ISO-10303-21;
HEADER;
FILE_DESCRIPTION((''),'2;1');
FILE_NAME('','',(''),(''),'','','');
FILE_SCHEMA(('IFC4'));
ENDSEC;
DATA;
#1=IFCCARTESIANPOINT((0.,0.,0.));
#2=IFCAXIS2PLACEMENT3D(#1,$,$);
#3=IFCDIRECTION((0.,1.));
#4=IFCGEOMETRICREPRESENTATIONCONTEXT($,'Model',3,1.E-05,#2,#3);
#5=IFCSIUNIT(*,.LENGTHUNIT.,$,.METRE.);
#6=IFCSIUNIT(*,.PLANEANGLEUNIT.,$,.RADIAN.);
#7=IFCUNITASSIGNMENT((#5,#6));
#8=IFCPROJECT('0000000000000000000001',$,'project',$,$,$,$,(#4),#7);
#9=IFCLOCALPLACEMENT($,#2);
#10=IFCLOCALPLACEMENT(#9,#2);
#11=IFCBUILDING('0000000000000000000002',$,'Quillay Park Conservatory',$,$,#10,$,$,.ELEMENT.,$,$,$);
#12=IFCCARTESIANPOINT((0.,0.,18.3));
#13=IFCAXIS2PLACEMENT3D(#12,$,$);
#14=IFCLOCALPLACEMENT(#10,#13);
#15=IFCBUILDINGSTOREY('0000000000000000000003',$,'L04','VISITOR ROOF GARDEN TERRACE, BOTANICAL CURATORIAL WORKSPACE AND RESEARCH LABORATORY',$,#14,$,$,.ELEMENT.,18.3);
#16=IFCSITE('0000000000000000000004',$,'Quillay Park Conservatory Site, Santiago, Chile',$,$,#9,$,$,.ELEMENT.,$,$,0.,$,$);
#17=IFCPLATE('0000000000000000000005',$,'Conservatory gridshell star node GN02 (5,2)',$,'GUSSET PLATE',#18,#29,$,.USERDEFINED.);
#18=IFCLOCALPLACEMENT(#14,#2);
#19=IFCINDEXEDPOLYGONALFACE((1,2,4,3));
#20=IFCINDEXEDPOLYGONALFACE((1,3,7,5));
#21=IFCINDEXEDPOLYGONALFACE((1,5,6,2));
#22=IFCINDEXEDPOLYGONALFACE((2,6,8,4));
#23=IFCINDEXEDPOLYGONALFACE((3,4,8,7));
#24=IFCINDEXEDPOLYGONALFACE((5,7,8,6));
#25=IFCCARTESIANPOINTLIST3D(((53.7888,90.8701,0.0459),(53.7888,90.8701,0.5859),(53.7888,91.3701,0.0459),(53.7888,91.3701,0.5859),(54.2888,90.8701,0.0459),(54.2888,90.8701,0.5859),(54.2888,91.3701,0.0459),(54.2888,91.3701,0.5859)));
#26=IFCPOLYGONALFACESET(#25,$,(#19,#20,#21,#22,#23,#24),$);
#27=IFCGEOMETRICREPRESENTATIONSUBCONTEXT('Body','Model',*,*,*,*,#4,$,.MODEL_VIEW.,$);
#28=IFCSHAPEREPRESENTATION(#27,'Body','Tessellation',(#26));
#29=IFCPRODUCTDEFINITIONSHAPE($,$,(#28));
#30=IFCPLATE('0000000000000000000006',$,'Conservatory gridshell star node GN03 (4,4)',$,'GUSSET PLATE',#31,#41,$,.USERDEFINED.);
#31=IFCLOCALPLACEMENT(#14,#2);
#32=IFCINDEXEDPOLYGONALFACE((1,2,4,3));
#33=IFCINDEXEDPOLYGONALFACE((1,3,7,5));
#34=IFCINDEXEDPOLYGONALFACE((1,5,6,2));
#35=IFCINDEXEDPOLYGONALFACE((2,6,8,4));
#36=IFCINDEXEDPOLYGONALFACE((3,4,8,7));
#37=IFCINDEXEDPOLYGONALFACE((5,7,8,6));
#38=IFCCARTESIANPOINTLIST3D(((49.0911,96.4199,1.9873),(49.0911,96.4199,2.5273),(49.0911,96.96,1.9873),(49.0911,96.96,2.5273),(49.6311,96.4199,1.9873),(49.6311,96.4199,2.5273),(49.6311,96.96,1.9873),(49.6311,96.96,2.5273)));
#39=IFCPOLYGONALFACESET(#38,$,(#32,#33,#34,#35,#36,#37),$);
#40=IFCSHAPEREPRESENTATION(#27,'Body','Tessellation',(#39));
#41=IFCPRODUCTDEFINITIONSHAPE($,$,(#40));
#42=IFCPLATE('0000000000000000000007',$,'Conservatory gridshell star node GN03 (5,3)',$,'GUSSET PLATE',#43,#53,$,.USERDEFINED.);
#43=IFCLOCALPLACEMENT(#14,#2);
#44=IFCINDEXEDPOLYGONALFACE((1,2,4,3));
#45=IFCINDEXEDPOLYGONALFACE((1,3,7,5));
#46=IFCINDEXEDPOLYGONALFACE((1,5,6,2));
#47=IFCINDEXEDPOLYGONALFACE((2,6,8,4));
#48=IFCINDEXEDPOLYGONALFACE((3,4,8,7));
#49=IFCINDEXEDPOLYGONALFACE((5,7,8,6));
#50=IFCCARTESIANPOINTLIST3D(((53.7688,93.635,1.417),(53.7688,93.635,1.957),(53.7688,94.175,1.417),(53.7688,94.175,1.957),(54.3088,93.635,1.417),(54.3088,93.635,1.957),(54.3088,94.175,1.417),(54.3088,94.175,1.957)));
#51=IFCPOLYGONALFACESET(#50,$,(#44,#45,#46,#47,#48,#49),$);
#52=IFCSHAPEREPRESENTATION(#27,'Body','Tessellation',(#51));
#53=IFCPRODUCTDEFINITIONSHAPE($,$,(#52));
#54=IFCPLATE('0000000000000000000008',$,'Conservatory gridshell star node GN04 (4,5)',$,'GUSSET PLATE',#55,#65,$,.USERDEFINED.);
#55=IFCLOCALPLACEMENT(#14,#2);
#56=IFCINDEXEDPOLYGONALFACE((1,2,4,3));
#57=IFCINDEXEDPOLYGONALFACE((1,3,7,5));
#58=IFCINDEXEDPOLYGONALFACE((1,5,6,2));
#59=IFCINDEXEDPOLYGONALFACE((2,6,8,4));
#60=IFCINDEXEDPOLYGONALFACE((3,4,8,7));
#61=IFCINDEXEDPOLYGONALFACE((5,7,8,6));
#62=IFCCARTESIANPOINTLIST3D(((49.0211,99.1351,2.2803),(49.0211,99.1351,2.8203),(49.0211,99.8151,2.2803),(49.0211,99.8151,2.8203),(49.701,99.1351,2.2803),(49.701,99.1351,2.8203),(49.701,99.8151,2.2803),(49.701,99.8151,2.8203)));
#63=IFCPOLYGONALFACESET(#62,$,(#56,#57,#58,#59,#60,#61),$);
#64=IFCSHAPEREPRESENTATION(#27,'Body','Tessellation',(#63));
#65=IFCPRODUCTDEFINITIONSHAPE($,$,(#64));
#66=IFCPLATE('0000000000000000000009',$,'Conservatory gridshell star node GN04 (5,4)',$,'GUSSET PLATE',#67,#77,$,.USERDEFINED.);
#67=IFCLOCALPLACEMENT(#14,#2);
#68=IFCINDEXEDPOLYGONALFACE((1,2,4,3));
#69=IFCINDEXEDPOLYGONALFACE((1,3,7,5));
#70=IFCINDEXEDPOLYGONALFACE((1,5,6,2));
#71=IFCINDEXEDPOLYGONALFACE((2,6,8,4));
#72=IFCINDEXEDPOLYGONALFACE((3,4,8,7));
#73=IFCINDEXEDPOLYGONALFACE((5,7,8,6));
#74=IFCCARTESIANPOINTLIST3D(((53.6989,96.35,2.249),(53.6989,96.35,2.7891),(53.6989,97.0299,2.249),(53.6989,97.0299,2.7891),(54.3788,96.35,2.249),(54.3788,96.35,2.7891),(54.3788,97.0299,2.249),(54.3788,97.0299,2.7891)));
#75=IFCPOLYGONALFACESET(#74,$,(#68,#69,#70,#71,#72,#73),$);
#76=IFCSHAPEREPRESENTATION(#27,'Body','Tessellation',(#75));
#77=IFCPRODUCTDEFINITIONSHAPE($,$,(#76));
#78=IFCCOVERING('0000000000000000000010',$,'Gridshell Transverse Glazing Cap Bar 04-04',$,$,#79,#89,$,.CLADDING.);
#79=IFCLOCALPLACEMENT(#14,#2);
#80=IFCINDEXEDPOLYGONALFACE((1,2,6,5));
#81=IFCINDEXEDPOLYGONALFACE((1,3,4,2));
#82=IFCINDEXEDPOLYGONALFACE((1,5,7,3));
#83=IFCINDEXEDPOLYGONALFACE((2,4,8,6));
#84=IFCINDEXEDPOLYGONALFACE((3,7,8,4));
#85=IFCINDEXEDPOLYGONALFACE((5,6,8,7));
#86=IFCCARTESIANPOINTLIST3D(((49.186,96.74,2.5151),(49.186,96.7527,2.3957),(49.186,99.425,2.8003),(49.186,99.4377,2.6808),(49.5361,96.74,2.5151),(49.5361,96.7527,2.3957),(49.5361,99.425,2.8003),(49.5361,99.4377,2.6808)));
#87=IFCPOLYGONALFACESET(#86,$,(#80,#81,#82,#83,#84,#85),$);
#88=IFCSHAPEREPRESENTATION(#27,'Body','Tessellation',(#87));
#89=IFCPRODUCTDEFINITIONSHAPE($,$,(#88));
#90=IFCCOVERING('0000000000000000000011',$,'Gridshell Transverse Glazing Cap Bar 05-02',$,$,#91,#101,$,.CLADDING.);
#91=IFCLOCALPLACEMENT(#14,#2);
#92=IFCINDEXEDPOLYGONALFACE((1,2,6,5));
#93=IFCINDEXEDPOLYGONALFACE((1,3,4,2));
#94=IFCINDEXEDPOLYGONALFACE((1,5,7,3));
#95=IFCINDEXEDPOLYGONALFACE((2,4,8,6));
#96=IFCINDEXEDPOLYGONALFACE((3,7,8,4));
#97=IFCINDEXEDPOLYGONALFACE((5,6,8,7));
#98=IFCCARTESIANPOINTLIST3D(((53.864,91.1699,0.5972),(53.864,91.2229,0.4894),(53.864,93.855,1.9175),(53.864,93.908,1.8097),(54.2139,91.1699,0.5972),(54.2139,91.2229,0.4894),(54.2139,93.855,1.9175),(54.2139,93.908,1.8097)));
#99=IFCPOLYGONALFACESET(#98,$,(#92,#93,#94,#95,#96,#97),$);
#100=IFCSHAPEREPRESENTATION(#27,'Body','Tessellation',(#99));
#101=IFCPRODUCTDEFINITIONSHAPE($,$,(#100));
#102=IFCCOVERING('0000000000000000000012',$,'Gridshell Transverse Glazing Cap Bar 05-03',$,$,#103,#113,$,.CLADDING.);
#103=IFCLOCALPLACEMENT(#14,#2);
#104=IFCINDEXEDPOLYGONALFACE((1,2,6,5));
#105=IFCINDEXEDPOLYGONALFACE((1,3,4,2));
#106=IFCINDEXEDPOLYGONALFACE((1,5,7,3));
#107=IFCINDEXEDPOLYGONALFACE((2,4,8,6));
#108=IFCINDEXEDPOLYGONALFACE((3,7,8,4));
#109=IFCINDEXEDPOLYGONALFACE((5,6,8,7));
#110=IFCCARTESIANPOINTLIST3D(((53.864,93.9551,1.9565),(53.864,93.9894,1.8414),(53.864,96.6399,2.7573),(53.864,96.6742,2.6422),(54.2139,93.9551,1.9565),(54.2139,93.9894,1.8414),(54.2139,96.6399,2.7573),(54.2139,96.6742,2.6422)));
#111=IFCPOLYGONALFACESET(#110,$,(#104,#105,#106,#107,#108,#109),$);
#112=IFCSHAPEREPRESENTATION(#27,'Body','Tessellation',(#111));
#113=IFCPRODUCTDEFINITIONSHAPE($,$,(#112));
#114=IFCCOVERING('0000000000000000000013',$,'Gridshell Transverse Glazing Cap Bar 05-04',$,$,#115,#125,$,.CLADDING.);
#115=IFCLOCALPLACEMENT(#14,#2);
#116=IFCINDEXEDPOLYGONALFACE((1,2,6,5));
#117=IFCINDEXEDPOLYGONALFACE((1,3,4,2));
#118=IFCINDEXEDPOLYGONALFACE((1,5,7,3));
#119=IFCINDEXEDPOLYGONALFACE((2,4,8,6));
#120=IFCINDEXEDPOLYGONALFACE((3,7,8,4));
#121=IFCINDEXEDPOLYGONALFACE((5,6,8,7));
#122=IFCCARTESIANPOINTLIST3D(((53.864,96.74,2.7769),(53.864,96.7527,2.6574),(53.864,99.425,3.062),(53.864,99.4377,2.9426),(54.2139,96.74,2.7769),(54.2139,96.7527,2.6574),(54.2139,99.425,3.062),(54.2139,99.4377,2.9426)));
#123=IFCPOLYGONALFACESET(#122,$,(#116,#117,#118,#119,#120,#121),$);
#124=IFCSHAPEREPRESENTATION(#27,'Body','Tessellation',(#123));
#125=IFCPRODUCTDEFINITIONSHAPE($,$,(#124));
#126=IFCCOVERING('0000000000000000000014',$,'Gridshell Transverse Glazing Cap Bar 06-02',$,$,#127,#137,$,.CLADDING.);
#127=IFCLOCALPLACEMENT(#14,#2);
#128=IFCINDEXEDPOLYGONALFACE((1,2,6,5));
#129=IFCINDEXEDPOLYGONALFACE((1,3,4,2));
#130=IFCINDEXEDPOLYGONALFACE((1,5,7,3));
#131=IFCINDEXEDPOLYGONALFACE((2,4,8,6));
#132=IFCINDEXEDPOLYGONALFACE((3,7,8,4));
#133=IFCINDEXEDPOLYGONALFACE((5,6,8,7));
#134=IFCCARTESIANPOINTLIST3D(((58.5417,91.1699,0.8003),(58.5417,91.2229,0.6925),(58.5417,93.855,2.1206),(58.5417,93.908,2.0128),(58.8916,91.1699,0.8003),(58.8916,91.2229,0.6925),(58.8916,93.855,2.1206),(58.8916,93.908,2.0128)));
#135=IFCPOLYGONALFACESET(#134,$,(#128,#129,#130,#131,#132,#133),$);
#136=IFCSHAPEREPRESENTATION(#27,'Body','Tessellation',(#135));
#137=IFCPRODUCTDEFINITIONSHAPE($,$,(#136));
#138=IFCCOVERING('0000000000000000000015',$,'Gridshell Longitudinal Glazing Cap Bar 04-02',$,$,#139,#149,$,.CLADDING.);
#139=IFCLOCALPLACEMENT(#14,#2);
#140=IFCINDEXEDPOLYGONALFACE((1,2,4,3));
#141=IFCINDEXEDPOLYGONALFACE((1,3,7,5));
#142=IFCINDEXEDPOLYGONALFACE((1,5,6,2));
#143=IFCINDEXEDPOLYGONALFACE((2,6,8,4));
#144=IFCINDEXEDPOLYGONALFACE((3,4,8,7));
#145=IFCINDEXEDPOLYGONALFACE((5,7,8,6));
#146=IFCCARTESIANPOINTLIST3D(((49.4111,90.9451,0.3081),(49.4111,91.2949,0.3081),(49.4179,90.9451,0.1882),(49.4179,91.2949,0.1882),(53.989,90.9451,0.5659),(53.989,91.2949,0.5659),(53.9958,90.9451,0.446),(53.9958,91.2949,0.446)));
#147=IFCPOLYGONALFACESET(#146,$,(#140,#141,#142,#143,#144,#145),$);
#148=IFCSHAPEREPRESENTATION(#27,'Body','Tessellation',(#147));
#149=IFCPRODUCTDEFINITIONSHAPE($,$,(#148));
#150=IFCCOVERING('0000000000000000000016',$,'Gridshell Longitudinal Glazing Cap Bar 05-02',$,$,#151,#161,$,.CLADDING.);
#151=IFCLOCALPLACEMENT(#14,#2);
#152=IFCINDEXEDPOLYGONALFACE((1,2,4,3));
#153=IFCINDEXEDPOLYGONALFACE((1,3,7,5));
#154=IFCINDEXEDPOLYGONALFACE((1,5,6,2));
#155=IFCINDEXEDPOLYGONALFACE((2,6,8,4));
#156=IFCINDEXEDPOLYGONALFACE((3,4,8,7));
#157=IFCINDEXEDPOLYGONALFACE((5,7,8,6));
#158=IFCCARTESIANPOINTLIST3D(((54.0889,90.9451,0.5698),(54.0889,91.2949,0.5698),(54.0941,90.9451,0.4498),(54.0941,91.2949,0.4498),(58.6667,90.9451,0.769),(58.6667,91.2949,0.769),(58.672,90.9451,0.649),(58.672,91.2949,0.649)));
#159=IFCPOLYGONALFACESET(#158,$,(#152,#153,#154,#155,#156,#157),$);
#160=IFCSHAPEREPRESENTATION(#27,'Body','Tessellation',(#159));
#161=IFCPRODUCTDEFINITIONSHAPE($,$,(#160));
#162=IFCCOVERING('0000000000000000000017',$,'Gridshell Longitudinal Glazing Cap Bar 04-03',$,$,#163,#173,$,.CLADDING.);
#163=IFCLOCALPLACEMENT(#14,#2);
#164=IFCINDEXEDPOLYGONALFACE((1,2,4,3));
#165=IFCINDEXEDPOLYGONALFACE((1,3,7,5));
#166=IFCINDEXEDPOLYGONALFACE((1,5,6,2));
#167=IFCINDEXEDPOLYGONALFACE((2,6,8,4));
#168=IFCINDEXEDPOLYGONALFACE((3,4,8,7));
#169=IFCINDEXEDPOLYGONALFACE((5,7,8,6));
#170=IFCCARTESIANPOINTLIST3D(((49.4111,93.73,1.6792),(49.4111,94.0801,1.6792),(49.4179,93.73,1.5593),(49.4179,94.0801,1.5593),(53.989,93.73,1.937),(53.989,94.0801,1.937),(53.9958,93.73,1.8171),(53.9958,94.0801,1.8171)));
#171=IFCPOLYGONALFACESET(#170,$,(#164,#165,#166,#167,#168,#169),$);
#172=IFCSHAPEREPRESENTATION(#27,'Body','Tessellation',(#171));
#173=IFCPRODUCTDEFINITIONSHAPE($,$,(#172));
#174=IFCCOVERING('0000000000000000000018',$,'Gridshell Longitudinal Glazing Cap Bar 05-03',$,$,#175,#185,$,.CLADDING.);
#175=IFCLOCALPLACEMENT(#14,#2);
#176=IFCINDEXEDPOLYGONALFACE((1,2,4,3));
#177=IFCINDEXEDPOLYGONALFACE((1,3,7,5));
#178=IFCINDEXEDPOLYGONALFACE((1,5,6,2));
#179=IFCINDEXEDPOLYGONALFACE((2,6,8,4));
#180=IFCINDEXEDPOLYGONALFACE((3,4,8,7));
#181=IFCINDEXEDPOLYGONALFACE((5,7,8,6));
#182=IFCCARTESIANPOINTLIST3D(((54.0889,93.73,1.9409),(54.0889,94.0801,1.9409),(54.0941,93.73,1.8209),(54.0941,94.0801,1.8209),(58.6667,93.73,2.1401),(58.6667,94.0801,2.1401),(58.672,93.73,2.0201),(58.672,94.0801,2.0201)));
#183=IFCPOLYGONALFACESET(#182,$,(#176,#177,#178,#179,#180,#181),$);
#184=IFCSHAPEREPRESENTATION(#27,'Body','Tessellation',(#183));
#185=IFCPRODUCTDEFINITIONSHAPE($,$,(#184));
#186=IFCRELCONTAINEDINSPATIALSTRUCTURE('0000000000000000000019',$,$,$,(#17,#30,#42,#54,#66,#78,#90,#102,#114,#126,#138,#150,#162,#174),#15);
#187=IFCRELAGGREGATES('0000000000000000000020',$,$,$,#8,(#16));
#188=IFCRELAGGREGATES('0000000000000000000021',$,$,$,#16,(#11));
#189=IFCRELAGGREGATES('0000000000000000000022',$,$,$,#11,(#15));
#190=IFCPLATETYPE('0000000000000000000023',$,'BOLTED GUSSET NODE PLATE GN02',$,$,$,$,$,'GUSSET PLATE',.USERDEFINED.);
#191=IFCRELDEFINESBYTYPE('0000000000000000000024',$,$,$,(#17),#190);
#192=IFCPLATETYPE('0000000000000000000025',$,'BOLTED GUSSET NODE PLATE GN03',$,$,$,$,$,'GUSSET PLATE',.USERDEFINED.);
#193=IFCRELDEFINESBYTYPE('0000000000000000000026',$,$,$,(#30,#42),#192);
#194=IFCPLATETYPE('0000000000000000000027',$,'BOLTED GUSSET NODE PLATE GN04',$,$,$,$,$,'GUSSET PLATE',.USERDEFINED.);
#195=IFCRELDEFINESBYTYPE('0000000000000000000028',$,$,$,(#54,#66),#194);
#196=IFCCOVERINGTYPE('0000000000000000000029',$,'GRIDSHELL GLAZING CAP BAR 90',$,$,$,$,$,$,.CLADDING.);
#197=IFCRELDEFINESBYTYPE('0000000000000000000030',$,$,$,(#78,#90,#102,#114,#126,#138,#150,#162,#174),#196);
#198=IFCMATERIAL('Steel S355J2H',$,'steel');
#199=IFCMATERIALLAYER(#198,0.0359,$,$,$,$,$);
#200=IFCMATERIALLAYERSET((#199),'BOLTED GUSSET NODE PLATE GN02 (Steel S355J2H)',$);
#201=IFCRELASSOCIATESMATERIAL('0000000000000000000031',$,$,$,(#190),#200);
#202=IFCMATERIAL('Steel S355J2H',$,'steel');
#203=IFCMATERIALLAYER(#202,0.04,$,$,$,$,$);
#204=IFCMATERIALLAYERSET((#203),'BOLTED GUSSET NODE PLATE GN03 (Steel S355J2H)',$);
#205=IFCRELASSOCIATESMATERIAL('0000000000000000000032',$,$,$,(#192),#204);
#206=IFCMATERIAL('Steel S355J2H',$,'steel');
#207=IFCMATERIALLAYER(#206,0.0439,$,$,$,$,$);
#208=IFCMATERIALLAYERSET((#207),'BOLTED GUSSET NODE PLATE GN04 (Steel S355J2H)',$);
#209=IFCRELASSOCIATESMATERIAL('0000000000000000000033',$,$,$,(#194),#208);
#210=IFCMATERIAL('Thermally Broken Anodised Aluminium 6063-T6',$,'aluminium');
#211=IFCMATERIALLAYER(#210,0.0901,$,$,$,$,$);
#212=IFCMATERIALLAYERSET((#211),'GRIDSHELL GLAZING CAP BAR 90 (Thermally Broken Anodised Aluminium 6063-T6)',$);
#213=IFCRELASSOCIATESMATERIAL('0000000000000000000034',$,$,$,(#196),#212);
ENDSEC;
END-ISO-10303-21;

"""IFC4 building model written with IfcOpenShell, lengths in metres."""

from ifc_helpers import new_model, si_unit, direction, frame, origin, origin_2d, place, context, subcontext, project, spatial, polyline, rectangle, outline, extrude, material, layer, layer_set, type_object, element, save


model = new_model("IFC4")

# Units and contexts
model_context = context("Model", 3, precision=1e-05, world=origin(), true_north=direction((0.0, 1.0)))
body_context = subcontext(model_context, "Body", "Model", "MODEL_VIEW")
ifc_project = project(units=[si_unit("LENGTHUNIT", "METRE"), si_unit("PLANEANGLEUNIT", "RADIAN")], contexts=[model_context])

# Site, building, storey
site_placement = place(None, origin())
site = spatial("IfcSite", under=ifc_project, at=site_placement, Name="Quillay Park Conservatory Site, Santiago, Chile", CompositionType="ELEMENT", RefElevation=0.0)
building_placement = place(site_placement, origin())
building = spatial("IfcBuilding", under=site, at=building_placement, Name="Quillay Park Conservatory", CompositionType="ELEMENT")
storey_placement = place(building_placement, frame((0.0, 0.0, 18.3)))
storey = spatial("IfcBuildingStorey", under=building, at=storey_placement, Name="L04", Description="VISITOR ROOF GARDEN TERRACE, BOTANICAL CURATORIAL WORKSPACE AND RESEARCH LABORATORY", CompositionType="ELEMENT", Elevation=18.3)

# Plates
ifc_material_1 = material(Name="Steel S355J2H", Category="steel")
ifc_layer_1 = layer(ifc_material_1, 0.0359)
ifc_layer_set_1 = layer_set([ifc_layer_1], Name="BOLTED GUSSET NODE PLATE GN02 (Steel S355J2H)")
plate_type_1 = type_object("IfcPlateType", Name="BOLTED GUSSET NODE PLATE GN02", ElementType="GUSSET PLATE", PredefinedType="USERDEFINED", material=ifc_layer_set_1)
for number, where, z_axis, x_axis, name in (
    (1, (54.0388, 91.1201, 0.0459), (0.0, 0.0, 1.0), (1.0, 0.0, 0.0), "Conservatory gridshell star node GN02 (5,2)"),
):
    element("IfcPlate", number, at=place(storey_placement, frame(where, z_axis=z_axis, x_axis=x_axis)), inside=storey, type_object=plate_type_1, Name=name, ObjectType="GUSSET PLATE", PredefinedType="USERDEFINED", context=body_context, shape_type="SweptSolid", body=[
        extrude(rectangle(XDim=0.5, YDim=0.5, at=origin_2d()), origin(), (0.0, 0.0, 1.0), 0.54),
    ])
ifc_material_2 = material(Name="Steel S355J2H", Category="steel")
ifc_layer_2 = layer(ifc_material_2, 0.04)
ifc_layer_set_2 = layer_set([ifc_layer_2], Name="BOLTED GUSSET NODE PLATE GN03 (Steel S355J2H)")
plate_type_2 = type_object("IfcPlateType", Name="BOLTED GUSSET NODE PLATE GN03", ElementType="GUSSET PLATE", PredefinedType="USERDEFINED", material=ifc_layer_set_2)
for number, where, z_axis, x_axis, name in (
    (2, (49.3611, 96.6899, 1.9873), (0.0, 0.0, 1.0), (1.0, 0.0, 0.0), "Conservatory gridshell star node GN03 (4,4)"),
    (3, (54.0388, 93.905, 1.417), (0.0, 0.0, 1.0), (1.0, 0.0, 0.0), "Conservatory gridshell star node GN03 (5,3)"),
):
    element("IfcPlate", number, at=place(storey_placement, frame(where, z_axis=z_axis, x_axis=x_axis)), inside=storey, type_object=plate_type_2, Name=name, ObjectType="GUSSET PLATE", PredefinedType="USERDEFINED", context=body_context, shape_type="SweptSolid", body=[
        extrude(rectangle(XDim=0.54, YDim=0.54, at=origin_2d()), origin(), (0.0, 0.0, 1.0), 0.54),
    ])
ifc_material_3 = material(Name="Steel S355J2H", Category="steel")
ifc_layer_3 = layer(ifc_material_3, 0.0439)
ifc_layer_set_3 = layer_set([ifc_layer_3], Name="BOLTED GUSSET NODE PLATE GN04 (Steel S355J2H)")
plate_type_3 = type_object("IfcPlateType", Name="BOLTED GUSSET NODE PLATE GN04", ElementType="GUSSET PLATE", PredefinedType="USERDEFINED", material=ifc_layer_set_3)
for number, where, z_axis, x_axis, name in (
    (4, (49.3611, 99.4751, 2.2803), (0.0, 0.0, 1.0), (1.0, 0.0, 0.0), "Conservatory gridshell star node GN04 (4,5)"),
    (5, (54.0388, 96.6899, 2.249), (0.0, 0.0, 1.0), (1.0, 0.0, 0.0), "Conservatory gridshell star node GN04 (5,4)"),
):
    element("IfcPlate", number, at=place(storey_placement, frame(where, z_axis=z_axis, x_axis=x_axis)), inside=storey, type_object=plate_type_3, Name=name, ObjectType="GUSSET PLATE", PredefinedType="USERDEFINED", context=body_context, shape_type="SweptSolid", body=[
        extrude(rectangle(XDim=0.6799, YDim=0.6799, at=origin_2d()), origin(), (0.0, 0.0, 1.0), 0.54),
    ])

# Coverings
ifc_material_4 = material(Name="Thermally Broken Anodised Aluminium 6063-T6", Category="aluminium")
ifc_layer_4 = layer(ifc_material_4, 0.0901)
ifc_layer_set_4 = layer_set([ifc_layer_4], Name="GRIDSHELL GLAZING CAP BAR 90 (Thermally Broken Anodised Aluminium 6063-T6)")
covering_type = type_object("IfcCoveringType", Name="GRIDSHELL GLAZING CAP BAR 90", PredefinedType="CLADDING", material=ifc_layer_set_4)
covering_1_placement = place(storey_placement, frame((49.186, 96.74, 2.5151), z_axis=(0.0, -0.105607, 0.994408), x_axis=(1.0, 0.0, 0.0)))
element("IfcCovering", 6, at=covering_1_placement, inside=storey, type_object=covering_type, Name="Gridshell Transverse Glazing Cap Bar 04-04", PredefinedType="CLADDING", context=body_context, shape_type="SweptSolid", body=[
    extrude(outline(polyline([(0.0, 0.0), (0.3501, 0.0), (0.3501, 2.7002), (0.0, 2.7002), (0.0, 0.0)])), origin(), (0.0, 0.0, -1.0), 0.1201),
])
covering_2_placement = place(storey_placement, frame((53.864, 91.1699, 0.5972), z_axis=(0.0, -0.441264, 0.897378), x_axis=(1.0, 0.0, 0.0)))
element("IfcCovering", 7, at=covering_2_placement, inside=storey, type_object=covering_type, Name="Gridshell Transverse Glazing Cap Bar 05-02", PredefinedType="CLADDING", context=body_context, shape_type="SweptSolid", body=[
    extrude(outline(polyline([(0.0, 0.0), (0.3499, 0.0), (0.3499, 2.9921), (0.0, 2.9921), (0.0, 0.0)])), origin(), (0.0, 0.0, -1.0), 0.1201),
])
covering_3_placement = place(storey_placement, frame((53.864, 93.9551, 1.9565), z_axis=(0.0, -0.285821, 0.958283), x_axis=(1.0, 0.0, 0.0)))
element("IfcCovering", 8, at=covering_3_placement, inside=storey, type_object=covering_type, Name="Gridshell Transverse Glazing Cap Bar 05-03", PredefinedType="CLADDING", context=body_context, shape_type="SweptSolid", body=[
    extrude(outline(polyline([(0.0, 0.0), (0.3499, 0.0), (0.3499, 2.8017), (0.0, 2.8017), (0.0, 0.0)])), origin(), (0.0, 0.0, -1.0), 0.1201),
])
covering_4_placement = place(storey_placement, frame((53.864, 96.74, 2.7769), z_axis=(0.0, -0.105607, 0.994408), x_axis=(1.0, 0.0, 0.0)))
element("IfcCovering", 9, at=covering_4_placement, inside=storey, type_object=covering_type, Name="Gridshell Transverse Glazing Cap Bar 05-04", PredefinedType="CLADDING", context=body_context, shape_type="SweptSolid", body=[
    extrude(outline(polyline([(0.0, 0.0), (0.3499, 0.0), (0.3499, 2.7002), (0.0, 2.7002), (0.0, 0.0)])), origin(), (0.0, 0.0, -1.0), 0.1201),
])
covering_5_placement = place(storey_placement, frame((58.5417, 91.1699, 0.8003), z_axis=(0.0, -0.441264, 0.897378), x_axis=(1.0, 0.0, 0.0)))
element("IfcCovering", 10, at=covering_5_placement, inside=storey, type_object=covering_type, Name="Gridshell Transverse Glazing Cap Bar 06-02", PredefinedType="CLADDING", context=body_context, shape_type="SweptSolid", body=[
    extrude(outline(polyline([(0.0, 0.0), (0.3499, 0.0), (0.3499, 2.9921), (0.0, 2.9921), (0.0, 0.0)])), origin(), (0.0, 0.0, -1.0), 0.1201),
])
covering_6_placement = place(storey_placement, frame((49.4111, 90.9451, 0.3081), z_axis=(-0.056228, 0.0, 0.998418), x_axis=(0.998418, 0.0, 0.056228)))
element("IfcCovering", 11, at=covering_6_placement, inside=storey, type_object=covering_type, Name="Gridshell Longitudinal Glazing Cap Bar 04-02", PredefinedType="CLADDING", context=body_context, shape_type="SweptSolid", body=[
    extrude(outline(polyline([(0.0, 0.0), (4.5851, 0.0), (4.5851, 0.3499), (0.0, 0.3499), (0.0, 0.0)])), origin(), (0.0, 0.0, -1.0), 0.1201),
])
covering_7_placement = place(storey_placement, frame((54.0889, 90.9451, 0.5698), z_axis=(-0.043477, 0.0, 0.999054), x_axis=(0.999054, 0.0, 0.043477)))
element("IfcCovering", 12, at=covering_7_placement, inside=storey, type_object=covering_type, Name="Gridshell Longitudinal Glazing Cap Bar 05-02", PredefinedType="CLADDING", context=body_context, shape_type="SweptSolid", body=[
    extrude(outline(polyline([(0.0, 0.0), (4.5822, 0.0), (4.5822, 0.3499), (0.0, 0.3499), (0.0, 0.0)])), origin(), (0.0, 0.0, -1.0), 0.1201),
])
covering_8_placement = place(storey_placement, frame((49.4111, 93.73, 1.6792), z_axis=(-0.056228, 0.0, 0.998418), x_axis=(0.998418, 0.0, 0.056228)))
element("IfcCovering", 13, at=covering_8_placement, inside=storey, type_object=covering_type, Name="Gridshell Longitudinal Glazing Cap Bar 04-03", PredefinedType="CLADDING", context=body_context, shape_type="SweptSolid", body=[
    extrude(outline(polyline([(0.0, 0.0), (4.5851, 0.0), (4.5851, 0.3501), (0.0, 0.3501), (0.0, 0.0)])), origin(), (0.0, 0.0, -1.0), 0.1201),
])
covering_9_placement = place(storey_placement, frame((54.0889, 93.73, 1.9409), z_axis=(-0.043477, 0.0, 0.999054), x_axis=(0.999054, 0.0, 0.043477)))
element("IfcCovering", 14, at=covering_9_placement, inside=storey, type_object=covering_type, Name="Gridshell Longitudinal Glazing Cap Bar 05-03", PredefinedType="CLADDING", context=body_context, shape_type="SweptSolid", body=[
    extrude(outline(polyline([(0.0, 0.0), (4.5822, 0.0), (4.5822, 0.3501), (0.0, 0.3501), (0.0, 0.0)])), origin(), (0.0, 0.0, -1.0), 0.1201),
])

save(model, "model.ifc")
